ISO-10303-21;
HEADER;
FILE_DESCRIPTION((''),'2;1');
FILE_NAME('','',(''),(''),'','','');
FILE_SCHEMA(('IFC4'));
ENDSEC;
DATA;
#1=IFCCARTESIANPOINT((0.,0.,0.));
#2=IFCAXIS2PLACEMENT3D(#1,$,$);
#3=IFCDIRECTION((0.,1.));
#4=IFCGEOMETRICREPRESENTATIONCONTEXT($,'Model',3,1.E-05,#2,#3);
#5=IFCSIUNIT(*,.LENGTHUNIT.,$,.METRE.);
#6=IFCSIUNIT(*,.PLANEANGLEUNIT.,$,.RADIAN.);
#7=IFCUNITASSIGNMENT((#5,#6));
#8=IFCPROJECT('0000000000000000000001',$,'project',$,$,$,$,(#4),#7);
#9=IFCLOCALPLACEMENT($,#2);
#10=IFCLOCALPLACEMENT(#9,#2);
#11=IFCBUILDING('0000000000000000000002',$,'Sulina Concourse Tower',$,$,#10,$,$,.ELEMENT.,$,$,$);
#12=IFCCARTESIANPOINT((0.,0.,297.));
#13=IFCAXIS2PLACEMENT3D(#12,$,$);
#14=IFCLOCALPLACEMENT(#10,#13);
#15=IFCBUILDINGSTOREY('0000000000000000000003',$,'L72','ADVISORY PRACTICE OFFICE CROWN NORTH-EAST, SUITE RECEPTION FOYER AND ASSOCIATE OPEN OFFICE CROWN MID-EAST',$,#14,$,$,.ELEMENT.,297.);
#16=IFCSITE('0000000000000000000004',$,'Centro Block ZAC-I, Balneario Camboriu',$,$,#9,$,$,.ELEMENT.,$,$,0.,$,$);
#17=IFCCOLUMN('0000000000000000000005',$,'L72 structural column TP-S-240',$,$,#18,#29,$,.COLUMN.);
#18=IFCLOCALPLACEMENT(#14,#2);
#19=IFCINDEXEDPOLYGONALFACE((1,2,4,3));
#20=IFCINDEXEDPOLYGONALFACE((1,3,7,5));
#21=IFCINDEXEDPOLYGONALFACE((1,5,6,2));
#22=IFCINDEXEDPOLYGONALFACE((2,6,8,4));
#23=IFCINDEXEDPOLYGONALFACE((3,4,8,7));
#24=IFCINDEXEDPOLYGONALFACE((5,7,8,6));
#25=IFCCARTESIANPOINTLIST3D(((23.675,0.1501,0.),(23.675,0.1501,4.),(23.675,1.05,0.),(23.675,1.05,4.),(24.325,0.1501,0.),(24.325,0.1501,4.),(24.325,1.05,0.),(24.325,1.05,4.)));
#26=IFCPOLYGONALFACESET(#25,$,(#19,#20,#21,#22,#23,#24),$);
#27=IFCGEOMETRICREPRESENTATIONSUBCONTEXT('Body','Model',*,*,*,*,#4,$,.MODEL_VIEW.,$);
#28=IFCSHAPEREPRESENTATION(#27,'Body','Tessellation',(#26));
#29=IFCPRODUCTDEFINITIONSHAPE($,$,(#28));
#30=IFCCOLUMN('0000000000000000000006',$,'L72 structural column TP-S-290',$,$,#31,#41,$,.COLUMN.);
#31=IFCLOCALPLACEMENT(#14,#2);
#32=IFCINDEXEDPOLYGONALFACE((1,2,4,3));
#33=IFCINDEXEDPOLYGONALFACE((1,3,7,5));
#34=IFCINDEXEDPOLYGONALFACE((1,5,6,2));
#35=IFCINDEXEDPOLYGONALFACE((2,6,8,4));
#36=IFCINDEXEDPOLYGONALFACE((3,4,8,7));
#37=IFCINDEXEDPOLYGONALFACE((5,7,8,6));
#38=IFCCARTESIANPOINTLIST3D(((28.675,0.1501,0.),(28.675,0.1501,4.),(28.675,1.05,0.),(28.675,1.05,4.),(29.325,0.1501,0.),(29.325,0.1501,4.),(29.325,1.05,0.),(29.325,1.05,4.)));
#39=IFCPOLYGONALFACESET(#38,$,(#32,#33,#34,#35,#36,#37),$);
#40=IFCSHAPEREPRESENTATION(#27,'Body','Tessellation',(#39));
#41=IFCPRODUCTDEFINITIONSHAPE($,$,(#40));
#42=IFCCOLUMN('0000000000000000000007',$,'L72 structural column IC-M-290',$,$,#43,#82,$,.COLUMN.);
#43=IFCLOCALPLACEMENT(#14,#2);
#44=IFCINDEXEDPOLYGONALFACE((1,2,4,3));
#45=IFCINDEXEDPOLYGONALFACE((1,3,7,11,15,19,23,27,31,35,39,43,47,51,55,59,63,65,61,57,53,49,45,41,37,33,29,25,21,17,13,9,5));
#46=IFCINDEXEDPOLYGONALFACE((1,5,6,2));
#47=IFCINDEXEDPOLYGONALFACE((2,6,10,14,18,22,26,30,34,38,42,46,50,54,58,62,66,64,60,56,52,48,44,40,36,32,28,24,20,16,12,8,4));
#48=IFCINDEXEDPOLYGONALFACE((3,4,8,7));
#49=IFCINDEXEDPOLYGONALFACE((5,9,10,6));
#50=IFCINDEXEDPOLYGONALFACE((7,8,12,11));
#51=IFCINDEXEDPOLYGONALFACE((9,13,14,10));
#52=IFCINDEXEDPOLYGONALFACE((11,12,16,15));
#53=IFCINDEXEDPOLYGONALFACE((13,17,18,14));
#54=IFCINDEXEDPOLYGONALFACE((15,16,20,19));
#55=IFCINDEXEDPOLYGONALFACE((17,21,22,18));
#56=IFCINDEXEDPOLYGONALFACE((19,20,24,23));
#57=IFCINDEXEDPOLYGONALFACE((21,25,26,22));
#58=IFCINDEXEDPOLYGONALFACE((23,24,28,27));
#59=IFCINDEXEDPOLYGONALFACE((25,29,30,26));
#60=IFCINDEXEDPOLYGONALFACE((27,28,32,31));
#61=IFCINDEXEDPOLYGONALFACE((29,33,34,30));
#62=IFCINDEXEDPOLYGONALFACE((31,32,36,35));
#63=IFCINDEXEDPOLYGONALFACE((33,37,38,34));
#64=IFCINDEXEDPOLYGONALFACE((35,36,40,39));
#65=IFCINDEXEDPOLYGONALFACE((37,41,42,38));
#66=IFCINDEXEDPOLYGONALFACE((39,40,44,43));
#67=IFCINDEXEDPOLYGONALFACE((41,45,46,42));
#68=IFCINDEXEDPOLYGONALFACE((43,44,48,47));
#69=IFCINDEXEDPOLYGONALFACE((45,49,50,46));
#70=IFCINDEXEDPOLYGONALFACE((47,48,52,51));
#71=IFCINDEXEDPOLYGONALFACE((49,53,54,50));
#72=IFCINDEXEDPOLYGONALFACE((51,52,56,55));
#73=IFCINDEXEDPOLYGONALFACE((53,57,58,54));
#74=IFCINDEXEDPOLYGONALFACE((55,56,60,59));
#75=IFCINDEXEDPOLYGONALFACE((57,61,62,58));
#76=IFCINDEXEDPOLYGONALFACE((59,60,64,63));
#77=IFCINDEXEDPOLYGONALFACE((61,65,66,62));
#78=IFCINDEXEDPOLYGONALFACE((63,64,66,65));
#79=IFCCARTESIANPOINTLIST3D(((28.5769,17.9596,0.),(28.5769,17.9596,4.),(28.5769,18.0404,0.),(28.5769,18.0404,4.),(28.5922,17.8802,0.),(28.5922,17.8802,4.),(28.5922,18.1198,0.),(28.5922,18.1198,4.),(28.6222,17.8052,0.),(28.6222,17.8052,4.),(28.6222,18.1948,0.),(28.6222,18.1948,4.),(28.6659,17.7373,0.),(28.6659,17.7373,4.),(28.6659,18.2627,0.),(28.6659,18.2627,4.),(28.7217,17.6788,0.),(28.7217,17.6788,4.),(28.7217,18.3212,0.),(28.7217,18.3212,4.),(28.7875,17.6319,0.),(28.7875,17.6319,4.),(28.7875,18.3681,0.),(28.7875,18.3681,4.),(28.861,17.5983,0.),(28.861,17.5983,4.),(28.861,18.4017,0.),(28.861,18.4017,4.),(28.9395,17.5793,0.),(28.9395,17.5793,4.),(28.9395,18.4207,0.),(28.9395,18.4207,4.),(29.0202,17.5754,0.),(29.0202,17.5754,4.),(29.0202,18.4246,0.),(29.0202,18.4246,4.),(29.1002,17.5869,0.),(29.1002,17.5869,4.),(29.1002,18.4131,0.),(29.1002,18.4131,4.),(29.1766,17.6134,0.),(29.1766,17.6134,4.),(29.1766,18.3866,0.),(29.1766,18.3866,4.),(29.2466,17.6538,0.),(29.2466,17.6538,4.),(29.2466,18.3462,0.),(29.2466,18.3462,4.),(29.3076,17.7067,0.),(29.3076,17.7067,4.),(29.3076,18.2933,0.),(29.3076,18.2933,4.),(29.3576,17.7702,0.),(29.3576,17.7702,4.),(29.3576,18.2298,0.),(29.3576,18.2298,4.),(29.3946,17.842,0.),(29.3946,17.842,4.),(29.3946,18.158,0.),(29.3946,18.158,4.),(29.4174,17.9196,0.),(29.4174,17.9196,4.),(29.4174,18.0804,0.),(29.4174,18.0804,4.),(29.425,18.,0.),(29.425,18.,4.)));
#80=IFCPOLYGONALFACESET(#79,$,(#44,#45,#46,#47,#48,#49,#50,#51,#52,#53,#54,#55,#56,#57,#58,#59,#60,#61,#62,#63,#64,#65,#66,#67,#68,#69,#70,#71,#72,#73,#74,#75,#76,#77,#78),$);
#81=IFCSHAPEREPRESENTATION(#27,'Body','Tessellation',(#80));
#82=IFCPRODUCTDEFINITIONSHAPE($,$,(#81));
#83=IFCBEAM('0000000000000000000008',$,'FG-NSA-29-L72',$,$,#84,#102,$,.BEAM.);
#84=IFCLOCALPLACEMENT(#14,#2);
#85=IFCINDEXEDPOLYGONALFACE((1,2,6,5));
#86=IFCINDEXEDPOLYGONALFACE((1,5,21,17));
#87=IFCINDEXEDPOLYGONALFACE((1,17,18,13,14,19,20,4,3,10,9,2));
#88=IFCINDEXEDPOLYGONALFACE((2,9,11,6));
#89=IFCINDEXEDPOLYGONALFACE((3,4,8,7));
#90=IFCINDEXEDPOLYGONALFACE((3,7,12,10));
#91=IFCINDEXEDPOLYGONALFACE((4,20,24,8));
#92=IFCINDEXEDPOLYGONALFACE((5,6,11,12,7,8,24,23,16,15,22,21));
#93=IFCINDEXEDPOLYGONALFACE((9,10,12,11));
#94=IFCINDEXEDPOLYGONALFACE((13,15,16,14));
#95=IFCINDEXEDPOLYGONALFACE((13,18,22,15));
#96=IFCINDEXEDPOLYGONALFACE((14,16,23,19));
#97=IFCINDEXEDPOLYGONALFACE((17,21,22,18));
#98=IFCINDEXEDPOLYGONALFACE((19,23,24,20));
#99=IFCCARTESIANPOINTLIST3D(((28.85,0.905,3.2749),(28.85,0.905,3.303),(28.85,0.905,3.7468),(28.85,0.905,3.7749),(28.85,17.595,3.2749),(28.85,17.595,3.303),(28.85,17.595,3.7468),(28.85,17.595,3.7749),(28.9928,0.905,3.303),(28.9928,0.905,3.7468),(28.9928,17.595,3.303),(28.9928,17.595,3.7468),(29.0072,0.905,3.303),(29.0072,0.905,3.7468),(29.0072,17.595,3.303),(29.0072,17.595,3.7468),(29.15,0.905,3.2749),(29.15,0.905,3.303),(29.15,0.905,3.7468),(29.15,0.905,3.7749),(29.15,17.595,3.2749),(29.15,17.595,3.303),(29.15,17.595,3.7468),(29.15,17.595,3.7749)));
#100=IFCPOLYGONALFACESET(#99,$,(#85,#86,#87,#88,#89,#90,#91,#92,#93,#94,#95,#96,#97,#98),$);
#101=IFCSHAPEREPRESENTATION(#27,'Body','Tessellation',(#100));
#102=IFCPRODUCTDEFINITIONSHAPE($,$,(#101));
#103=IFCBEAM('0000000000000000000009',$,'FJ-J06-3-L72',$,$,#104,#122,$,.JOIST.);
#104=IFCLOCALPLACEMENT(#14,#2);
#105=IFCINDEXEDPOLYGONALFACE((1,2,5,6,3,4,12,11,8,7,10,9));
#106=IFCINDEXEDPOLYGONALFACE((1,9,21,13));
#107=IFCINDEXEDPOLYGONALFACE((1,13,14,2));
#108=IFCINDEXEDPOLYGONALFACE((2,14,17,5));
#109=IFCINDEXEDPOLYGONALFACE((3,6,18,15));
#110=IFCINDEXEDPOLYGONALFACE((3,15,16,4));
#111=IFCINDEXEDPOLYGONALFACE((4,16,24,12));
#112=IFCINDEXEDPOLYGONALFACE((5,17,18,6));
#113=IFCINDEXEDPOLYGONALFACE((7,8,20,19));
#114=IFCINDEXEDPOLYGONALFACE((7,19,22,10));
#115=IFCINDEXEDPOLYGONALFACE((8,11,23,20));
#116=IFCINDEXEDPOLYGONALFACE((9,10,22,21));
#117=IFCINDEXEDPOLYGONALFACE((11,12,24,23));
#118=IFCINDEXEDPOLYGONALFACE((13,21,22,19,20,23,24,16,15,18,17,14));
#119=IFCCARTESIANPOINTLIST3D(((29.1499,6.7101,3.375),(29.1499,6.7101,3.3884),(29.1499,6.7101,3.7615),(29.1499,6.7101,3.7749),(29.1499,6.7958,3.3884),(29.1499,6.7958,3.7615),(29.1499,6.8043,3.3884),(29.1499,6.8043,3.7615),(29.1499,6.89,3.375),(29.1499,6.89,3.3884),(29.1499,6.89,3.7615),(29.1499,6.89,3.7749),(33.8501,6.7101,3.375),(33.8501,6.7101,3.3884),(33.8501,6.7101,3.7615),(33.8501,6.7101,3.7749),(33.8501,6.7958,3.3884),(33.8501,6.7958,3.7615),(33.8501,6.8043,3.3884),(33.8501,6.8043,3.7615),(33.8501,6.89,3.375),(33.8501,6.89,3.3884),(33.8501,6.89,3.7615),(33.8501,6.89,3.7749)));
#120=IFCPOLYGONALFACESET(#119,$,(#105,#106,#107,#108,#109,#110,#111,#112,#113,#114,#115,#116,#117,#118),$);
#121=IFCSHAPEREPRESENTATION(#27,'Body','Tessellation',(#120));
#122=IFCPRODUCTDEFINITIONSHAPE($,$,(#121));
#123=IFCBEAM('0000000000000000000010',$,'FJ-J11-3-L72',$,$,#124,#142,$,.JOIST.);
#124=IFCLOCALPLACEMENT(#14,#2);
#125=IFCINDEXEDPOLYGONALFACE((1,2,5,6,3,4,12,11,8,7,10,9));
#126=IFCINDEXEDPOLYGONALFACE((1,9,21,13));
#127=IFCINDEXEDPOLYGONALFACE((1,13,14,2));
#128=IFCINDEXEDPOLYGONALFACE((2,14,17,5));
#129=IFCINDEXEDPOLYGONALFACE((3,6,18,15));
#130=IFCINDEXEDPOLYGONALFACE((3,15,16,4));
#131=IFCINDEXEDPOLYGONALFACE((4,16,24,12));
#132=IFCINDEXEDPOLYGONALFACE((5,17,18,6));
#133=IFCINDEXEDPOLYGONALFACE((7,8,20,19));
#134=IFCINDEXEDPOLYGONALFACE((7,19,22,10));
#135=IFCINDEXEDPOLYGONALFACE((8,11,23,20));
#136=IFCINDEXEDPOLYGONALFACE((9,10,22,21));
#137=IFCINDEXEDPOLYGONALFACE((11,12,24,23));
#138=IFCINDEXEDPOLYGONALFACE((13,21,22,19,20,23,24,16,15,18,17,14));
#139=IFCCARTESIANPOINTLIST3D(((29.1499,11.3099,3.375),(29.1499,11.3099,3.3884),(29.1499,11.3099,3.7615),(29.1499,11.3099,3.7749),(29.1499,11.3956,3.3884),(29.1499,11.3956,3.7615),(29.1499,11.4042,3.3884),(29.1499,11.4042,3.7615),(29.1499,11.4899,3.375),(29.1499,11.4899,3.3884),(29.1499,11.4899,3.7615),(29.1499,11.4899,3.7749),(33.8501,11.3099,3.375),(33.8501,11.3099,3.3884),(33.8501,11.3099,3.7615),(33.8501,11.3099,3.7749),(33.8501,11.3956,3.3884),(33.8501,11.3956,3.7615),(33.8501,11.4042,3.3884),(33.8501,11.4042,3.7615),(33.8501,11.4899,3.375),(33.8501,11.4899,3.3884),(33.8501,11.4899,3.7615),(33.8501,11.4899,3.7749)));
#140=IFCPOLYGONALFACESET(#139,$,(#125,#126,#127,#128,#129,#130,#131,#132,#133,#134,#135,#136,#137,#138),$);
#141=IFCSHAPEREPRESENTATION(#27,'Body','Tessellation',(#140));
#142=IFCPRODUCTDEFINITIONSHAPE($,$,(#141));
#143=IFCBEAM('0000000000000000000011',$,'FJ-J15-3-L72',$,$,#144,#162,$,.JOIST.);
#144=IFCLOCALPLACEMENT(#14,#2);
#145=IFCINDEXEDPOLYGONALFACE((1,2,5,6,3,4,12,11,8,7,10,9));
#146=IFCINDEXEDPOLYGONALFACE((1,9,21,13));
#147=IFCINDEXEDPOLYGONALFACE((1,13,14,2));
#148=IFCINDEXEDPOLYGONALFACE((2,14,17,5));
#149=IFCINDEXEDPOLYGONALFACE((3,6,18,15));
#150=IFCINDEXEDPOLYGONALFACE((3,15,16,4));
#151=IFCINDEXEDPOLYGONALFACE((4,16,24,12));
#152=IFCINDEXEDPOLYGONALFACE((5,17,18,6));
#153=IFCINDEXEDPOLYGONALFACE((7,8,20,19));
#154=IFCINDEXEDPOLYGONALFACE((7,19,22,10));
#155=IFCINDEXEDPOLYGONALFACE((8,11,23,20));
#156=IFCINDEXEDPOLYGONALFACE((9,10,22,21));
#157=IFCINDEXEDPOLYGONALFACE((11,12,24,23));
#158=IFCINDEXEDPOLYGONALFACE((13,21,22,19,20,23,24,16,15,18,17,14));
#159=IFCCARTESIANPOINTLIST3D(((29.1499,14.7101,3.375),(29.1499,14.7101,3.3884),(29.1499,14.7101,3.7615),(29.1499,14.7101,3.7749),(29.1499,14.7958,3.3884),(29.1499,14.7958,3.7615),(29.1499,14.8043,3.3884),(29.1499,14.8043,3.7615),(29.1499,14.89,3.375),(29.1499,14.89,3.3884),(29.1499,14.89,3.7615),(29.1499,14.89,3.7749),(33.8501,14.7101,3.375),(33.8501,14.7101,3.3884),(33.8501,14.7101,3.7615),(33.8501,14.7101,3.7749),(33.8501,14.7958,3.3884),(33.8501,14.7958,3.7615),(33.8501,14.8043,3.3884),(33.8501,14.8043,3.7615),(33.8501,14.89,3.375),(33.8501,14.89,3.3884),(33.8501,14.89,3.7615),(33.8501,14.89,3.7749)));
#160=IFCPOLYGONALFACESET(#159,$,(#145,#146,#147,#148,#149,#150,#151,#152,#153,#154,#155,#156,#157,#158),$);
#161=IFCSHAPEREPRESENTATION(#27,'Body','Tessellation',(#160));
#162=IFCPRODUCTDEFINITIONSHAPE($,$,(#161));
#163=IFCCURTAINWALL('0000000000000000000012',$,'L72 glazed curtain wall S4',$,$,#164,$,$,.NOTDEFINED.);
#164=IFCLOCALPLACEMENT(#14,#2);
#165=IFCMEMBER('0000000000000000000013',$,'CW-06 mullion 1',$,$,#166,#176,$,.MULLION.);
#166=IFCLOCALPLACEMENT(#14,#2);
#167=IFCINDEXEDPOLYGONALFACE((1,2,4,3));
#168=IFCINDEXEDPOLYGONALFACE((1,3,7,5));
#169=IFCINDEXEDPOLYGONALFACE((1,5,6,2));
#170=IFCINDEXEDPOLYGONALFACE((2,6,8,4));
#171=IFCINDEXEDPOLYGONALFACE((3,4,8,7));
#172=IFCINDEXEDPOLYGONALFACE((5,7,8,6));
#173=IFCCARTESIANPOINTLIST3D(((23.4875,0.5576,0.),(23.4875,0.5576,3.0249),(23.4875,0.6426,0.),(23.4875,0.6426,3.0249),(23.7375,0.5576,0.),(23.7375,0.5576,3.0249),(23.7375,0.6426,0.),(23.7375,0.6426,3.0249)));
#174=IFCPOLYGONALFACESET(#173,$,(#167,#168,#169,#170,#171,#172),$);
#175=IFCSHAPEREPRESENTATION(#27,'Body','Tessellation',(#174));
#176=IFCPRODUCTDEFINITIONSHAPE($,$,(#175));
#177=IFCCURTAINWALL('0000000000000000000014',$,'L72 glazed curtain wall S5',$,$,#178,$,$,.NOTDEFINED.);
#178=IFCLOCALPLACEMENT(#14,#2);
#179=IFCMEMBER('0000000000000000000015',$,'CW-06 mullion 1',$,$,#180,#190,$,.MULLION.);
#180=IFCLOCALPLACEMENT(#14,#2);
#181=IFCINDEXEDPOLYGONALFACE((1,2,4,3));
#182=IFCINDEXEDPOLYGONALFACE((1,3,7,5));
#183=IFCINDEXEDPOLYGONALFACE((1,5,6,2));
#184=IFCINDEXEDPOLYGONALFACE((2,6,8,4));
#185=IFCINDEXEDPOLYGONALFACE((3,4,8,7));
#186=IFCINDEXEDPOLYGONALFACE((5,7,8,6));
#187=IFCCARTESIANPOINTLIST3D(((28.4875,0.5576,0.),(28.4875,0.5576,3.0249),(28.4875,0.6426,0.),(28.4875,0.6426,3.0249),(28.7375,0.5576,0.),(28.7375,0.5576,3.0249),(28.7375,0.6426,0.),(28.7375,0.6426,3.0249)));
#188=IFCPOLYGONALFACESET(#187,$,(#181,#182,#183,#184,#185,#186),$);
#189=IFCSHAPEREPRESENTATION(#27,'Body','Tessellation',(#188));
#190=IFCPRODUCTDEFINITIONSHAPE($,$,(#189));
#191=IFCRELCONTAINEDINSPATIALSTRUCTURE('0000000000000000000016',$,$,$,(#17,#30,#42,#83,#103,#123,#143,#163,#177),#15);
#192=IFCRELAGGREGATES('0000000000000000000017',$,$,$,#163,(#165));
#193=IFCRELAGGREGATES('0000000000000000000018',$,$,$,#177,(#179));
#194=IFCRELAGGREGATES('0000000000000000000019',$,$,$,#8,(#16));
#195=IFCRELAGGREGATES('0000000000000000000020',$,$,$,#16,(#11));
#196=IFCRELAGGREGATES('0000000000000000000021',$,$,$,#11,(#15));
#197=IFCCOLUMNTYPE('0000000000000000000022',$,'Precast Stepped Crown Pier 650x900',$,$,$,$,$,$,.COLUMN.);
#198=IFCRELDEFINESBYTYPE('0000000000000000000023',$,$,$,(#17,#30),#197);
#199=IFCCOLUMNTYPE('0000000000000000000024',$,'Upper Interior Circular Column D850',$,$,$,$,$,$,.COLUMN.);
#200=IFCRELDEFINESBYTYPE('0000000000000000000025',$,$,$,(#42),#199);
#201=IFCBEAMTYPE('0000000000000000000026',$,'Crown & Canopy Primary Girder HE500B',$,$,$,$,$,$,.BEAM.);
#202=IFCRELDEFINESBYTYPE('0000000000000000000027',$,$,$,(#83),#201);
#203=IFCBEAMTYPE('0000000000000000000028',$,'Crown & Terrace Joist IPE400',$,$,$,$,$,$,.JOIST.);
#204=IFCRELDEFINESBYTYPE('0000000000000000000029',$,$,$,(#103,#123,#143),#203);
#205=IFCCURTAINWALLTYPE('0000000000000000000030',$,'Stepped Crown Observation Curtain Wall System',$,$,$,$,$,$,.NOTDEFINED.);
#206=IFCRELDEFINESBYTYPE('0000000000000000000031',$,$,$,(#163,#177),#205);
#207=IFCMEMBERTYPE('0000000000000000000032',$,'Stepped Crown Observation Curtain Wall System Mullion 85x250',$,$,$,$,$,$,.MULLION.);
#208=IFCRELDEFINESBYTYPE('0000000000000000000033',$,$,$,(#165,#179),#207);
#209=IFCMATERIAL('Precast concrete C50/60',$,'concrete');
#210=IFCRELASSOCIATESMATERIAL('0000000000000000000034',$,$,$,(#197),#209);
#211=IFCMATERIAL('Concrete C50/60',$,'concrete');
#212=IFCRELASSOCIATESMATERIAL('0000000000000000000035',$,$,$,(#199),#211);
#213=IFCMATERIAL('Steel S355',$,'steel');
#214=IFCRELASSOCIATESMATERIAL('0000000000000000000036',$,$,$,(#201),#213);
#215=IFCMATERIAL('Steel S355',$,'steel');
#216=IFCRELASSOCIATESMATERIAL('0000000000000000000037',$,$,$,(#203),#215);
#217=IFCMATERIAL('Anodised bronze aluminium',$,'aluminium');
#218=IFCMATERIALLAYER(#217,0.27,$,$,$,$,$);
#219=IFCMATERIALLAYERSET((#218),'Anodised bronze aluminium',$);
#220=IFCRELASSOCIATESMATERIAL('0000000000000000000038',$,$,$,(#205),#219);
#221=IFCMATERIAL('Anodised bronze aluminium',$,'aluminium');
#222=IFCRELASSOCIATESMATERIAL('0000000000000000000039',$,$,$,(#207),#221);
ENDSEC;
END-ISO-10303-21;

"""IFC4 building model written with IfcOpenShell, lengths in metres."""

from ifc_helpers import new_model, si_unit, direction, frame, origin, origin_2d, place, context, subcontext, project, spatial, rectangle, circle, i_section, extrude, material, layer, layer_set, material_profile, profile_set, type_object, element, aggregate, save


model = new_model("IFC4")

# Units and contexts
model_context = context("Model", 3, precision=1e-05, world=origin(), true_north=direction((0.0, 1.0)))
body_context = subcontext(model_context, "Body", "Model", "MODEL_VIEW")
ifc_project = project(units=[si_unit("LENGTHUNIT", "METRE"), si_unit("PLANEANGLEUNIT", "RADIAN")], contexts=[model_context])

# Site, building, storey
site_placement = place(None, origin())
site = spatial("IfcSite", under=ifc_project, at=site_placement, Name="Centro Block ZAC-I, Balneario Camboriu", CompositionType="ELEMENT", RefElevation=0.0)
building_placement = place(site_placement, origin())
building = spatial("IfcBuilding", under=site, at=building_placement, Name="Sulina Concourse Tower", CompositionType="ELEMENT")
storey_placement = place(building_placement, frame((0.0, 0.0, 297.0)))
storey = spatial("IfcBuildingStorey", under=building, at=storey_placement, Name="L72", Description="ADVISORY PRACTICE OFFICE CROWN NORTH-EAST, SUITE RECEPTION FOYER AND ASSOCIATE OPEN OFFICE CROWN MID-EAST", CompositionType="ELEMENT", Elevation=297.0)

# Columns
ifc_material_1 = material(Name="Precast concrete C50/60", Category="concrete")
ifc_material_profile_1 = material_profile(ifc_material_1, rectangle(XDim=0.6499, YDim=0.8999, at=origin_2d()), Name="PC 650x900")
ifc_profile_set_1 = profile_set([ifc_material_profile_1], Name="Precast concrete C50/60")
column_type_1 = type_object("IfcColumnType", Name="Precast Stepped Crown Pier 650x900", PredefinedType="COLUMN", material=ifc_profile_set_1)
for number, where, z_axis, x_axis, name in (
    (1, (24.0, 0.6001, 0.0), (0.0, 0.0, 1.0), (1.0, 0.0, 0.0), "L72 structural column TP-S-240"),
    (2, (29.0, 0.6001, 0.0), (0.0, 0.0, 1.0), (1.0, 0.0, 0.0), "L72 structural column TP-S-290"),
):
    element("IfcColumn", number, at=place(storey_placement, frame(where, z_axis=z_axis, x_axis=x_axis)), inside=storey, type_object=column_type_1, Name=name, PredefinedType="COLUMN", context=body_context, shape_type="SweptSolid", body=[
        extrude(rectangle(XDim=0.6499, YDim=0.8999, at=origin_2d()), origin(), (0.0, 0.0, 1.0), 4.0),
    ])
ifc_material_2 = material(Name="Concrete C50/60", Category="concrete")
ifc_material_profile_2 = material_profile(ifc_material_2, circle(Radius=0.425, at=origin_2d()), Name="RC D850")
ifc_profile_set_2 = profile_set([ifc_material_profile_2], Name="Concrete C50/60")
column_type_2 = type_object("IfcColumnType", Name="Upper Interior Circular Column D850", PredefinedType="COLUMN", material=ifc_profile_set_2)
column_placement = place(storey_placement, frame((29.0, 18.0, 0.0), z_axis=(0.0, 0.0, 1.0), x_axis=(1.0, 0.0, 0.0)))
element("IfcColumn", 3, at=column_placement, inside=storey, type_object=column_type_2, Name="L72 structural column IC-M-290", PredefinedType="COLUMN", context=body_context, shape_type="SweptSolid", body=[
    extrude(circle(Radius=0.425, at=origin_2d()), origin(), (0.0, 0.0, 1.0), 4.0),
])

# Beams
ifc_material_3 = material(Name="Steel S355", Category="steel")
ifc_material_profile_3 = material_profile(ifc_material_3, i_section(OverallWidth=0.3, OverallDepth=0.5, WebThickness=0.0144, FlangeThickness=0.0281, at=origin_2d()), Name="HE 500 B")
ifc_profile_set_3 = profile_set([ifc_material_profile_3], Name="Steel S355")
beam_type_1 = type_object("IfcBeamType", Name="Crown & Canopy Primary Girder HE500B", PredefinedType="BEAM", material=ifc_profile_set_3)
beam_placement = place(storey_placement, frame((29.0, 0.905, 3.5249), z_axis=(0.0, 1.0, 0.0), x_axis=(-1.0, 0.0, 0.0)))
element("IfcBeam", 4, at=beam_placement, inside=storey, type_object=beam_type_1, Name="FG-NSA-29-L72", PredefinedType="BEAM", context=body_context, shape_type="SweptSolid", body=[
    extrude(i_section(OverallWidth=0.3, OverallDepth=0.5, WebThickness=0.0144, FlangeThickness=0.0281, at=origin_2d()), origin(), (0.0, 0.0, 1.0), 16.6899),
])
ifc_material_4 = material(Name="Steel S355", Category="steel")
ifc_material_profile_4 = material_profile(ifc_material_4, i_section(OverallWidth=0.1799, OverallDepth=0.3999, WebThickness=0.0085, FlangeThickness=0.0134, at=origin_2d()), Name="IPE 400")
ifc_profile_set_4 = profile_set([ifc_material_profile_4], Name="Steel S355")
beam_type_2 = type_object("IfcBeamType", Name="Crown & Terrace Joist IPE400", PredefinedType="JOIST", material=ifc_profile_set_4)
for number, where, z_axis, x_axis, name in (
    (5, (29.1499, 6.8, 3.575), (1.0, 0.0, 0.0), (0.0, 1.0, 0.0), "FJ-J06-3-L72"),
    (6, (29.1499, 11.3999, 3.575), (1.0, 0.0, 0.0), (0.0, 1.0, 0.0), "FJ-J11-3-L72"),
    (7, (29.1499, 14.8, 3.575), (1.0, 0.0, 0.0), (0.0, 1.0, 0.0), "FJ-J15-3-L72"),
):
    element("IfcBeam", number, at=place(storey_placement, frame(where, z_axis=z_axis, x_axis=x_axis)), inside=storey, type_object=beam_type_2, Name=name, PredefinedType="JOIST", context=body_context, shape_type="SweptSolid", body=[
        extrude(i_section(OverallWidth=0.1799, OverallDepth=0.3999, WebThickness=0.0085, FlangeThickness=0.0134, at=origin_2d()), origin(), (0.0, 0.0, 1.0), 4.7002),
    ])

# Curtain wall, member
ifc_material_5 = material(Name="Anodised bronze aluminium", Category="aluminium")
ifc_layer_1 = layer(ifc_material_5, 0.27)
ifc_layer_set_1 = layer_set([ifc_layer_1], Name="Anodised bronze aluminium")
curtain_wall_type = type_object("IfcCurtainWallType", Name="Stepped Crown Observation Curtain Wall System", PredefinedType="NOTDEFINED", material=ifc_layer_set_1)
curtain_wall_1_placement = place(storey_placement, origin())
curtain_wall_1 = element("IfcCurtainWall", 8, at=curtain_wall_1_placement, inside=storey, type_object=curtain_wall_type, Name="L72 glazed curtain wall S4", PredefinedType="NOTDEFINED")
ifc_material_6 = material(Name="Anodised bronze aluminium", Category="aluminium")
ifc_material_profile_5 = material_profile(ifc_material_6, rectangle(XDim=0.085, YDim=0.25, at=origin_2d()), Name="MUL 85x250")
ifc_profile_set_5 = profile_set([ifc_material_profile_5], Name="Anodised bronze aluminium")
member_type_1 = type_object("IfcMemberType", Name="Stepped Crown Observation Curtain Wall System Mullion 85x250", PredefinedType="MULLION", material=ifc_profile_set_5)
member_1_placement = place(storey_placement, frame((23.6125, 0.6001, 0.0), z_axis=(0.0, 0.0, 1.0), x_axis=(0.0, -1.0, 0.0)))
member_1 = element("IfcMember", 9, at=member_1_placement, type_object=member_type_1, Name="CW-06 mullion 1", PredefinedType="MULLION", context=body_context, shape_type="SweptSolid", body=[
    extrude(rectangle(XDim=0.085, YDim=0.25, at=origin_2d()), origin(), (0.0, 0.0, 1.0), 3.0249),
])

# Curtain wall, member
curtain_wall_2_placement = place(storey_placement, origin())
curtain_wall_2 = element("IfcCurtainWall", 10, at=curtain_wall_2_placement, inside=storey, type_object=curtain_wall_type, Name="L72 glazed curtain wall S5", PredefinedType="NOTDEFINED")
member_2_placement = place(storey_placement, frame((28.6125, 0.6001, 0.0), z_axis=(0.0, 0.0, 1.0), x_axis=(0.0, -1.0, 0.0)))
member_2 = element("IfcMember", 11, at=member_2_placement, type_object=member_type_1, Name="CW-06 mullion 1", PredefinedType="MULLION", context=body_context, shape_type="SweptSolid", body=[
    extrude(rectangle(XDim=0.085, YDim=0.25, at=origin_2d()), origin(), (0.0, 0.0, 1.0), 3.0249),
])

aggregate(curtain_wall_1, [member_1])

aggregate(curtain_wall_2, [member_2])

save(model, "model.ifc")
